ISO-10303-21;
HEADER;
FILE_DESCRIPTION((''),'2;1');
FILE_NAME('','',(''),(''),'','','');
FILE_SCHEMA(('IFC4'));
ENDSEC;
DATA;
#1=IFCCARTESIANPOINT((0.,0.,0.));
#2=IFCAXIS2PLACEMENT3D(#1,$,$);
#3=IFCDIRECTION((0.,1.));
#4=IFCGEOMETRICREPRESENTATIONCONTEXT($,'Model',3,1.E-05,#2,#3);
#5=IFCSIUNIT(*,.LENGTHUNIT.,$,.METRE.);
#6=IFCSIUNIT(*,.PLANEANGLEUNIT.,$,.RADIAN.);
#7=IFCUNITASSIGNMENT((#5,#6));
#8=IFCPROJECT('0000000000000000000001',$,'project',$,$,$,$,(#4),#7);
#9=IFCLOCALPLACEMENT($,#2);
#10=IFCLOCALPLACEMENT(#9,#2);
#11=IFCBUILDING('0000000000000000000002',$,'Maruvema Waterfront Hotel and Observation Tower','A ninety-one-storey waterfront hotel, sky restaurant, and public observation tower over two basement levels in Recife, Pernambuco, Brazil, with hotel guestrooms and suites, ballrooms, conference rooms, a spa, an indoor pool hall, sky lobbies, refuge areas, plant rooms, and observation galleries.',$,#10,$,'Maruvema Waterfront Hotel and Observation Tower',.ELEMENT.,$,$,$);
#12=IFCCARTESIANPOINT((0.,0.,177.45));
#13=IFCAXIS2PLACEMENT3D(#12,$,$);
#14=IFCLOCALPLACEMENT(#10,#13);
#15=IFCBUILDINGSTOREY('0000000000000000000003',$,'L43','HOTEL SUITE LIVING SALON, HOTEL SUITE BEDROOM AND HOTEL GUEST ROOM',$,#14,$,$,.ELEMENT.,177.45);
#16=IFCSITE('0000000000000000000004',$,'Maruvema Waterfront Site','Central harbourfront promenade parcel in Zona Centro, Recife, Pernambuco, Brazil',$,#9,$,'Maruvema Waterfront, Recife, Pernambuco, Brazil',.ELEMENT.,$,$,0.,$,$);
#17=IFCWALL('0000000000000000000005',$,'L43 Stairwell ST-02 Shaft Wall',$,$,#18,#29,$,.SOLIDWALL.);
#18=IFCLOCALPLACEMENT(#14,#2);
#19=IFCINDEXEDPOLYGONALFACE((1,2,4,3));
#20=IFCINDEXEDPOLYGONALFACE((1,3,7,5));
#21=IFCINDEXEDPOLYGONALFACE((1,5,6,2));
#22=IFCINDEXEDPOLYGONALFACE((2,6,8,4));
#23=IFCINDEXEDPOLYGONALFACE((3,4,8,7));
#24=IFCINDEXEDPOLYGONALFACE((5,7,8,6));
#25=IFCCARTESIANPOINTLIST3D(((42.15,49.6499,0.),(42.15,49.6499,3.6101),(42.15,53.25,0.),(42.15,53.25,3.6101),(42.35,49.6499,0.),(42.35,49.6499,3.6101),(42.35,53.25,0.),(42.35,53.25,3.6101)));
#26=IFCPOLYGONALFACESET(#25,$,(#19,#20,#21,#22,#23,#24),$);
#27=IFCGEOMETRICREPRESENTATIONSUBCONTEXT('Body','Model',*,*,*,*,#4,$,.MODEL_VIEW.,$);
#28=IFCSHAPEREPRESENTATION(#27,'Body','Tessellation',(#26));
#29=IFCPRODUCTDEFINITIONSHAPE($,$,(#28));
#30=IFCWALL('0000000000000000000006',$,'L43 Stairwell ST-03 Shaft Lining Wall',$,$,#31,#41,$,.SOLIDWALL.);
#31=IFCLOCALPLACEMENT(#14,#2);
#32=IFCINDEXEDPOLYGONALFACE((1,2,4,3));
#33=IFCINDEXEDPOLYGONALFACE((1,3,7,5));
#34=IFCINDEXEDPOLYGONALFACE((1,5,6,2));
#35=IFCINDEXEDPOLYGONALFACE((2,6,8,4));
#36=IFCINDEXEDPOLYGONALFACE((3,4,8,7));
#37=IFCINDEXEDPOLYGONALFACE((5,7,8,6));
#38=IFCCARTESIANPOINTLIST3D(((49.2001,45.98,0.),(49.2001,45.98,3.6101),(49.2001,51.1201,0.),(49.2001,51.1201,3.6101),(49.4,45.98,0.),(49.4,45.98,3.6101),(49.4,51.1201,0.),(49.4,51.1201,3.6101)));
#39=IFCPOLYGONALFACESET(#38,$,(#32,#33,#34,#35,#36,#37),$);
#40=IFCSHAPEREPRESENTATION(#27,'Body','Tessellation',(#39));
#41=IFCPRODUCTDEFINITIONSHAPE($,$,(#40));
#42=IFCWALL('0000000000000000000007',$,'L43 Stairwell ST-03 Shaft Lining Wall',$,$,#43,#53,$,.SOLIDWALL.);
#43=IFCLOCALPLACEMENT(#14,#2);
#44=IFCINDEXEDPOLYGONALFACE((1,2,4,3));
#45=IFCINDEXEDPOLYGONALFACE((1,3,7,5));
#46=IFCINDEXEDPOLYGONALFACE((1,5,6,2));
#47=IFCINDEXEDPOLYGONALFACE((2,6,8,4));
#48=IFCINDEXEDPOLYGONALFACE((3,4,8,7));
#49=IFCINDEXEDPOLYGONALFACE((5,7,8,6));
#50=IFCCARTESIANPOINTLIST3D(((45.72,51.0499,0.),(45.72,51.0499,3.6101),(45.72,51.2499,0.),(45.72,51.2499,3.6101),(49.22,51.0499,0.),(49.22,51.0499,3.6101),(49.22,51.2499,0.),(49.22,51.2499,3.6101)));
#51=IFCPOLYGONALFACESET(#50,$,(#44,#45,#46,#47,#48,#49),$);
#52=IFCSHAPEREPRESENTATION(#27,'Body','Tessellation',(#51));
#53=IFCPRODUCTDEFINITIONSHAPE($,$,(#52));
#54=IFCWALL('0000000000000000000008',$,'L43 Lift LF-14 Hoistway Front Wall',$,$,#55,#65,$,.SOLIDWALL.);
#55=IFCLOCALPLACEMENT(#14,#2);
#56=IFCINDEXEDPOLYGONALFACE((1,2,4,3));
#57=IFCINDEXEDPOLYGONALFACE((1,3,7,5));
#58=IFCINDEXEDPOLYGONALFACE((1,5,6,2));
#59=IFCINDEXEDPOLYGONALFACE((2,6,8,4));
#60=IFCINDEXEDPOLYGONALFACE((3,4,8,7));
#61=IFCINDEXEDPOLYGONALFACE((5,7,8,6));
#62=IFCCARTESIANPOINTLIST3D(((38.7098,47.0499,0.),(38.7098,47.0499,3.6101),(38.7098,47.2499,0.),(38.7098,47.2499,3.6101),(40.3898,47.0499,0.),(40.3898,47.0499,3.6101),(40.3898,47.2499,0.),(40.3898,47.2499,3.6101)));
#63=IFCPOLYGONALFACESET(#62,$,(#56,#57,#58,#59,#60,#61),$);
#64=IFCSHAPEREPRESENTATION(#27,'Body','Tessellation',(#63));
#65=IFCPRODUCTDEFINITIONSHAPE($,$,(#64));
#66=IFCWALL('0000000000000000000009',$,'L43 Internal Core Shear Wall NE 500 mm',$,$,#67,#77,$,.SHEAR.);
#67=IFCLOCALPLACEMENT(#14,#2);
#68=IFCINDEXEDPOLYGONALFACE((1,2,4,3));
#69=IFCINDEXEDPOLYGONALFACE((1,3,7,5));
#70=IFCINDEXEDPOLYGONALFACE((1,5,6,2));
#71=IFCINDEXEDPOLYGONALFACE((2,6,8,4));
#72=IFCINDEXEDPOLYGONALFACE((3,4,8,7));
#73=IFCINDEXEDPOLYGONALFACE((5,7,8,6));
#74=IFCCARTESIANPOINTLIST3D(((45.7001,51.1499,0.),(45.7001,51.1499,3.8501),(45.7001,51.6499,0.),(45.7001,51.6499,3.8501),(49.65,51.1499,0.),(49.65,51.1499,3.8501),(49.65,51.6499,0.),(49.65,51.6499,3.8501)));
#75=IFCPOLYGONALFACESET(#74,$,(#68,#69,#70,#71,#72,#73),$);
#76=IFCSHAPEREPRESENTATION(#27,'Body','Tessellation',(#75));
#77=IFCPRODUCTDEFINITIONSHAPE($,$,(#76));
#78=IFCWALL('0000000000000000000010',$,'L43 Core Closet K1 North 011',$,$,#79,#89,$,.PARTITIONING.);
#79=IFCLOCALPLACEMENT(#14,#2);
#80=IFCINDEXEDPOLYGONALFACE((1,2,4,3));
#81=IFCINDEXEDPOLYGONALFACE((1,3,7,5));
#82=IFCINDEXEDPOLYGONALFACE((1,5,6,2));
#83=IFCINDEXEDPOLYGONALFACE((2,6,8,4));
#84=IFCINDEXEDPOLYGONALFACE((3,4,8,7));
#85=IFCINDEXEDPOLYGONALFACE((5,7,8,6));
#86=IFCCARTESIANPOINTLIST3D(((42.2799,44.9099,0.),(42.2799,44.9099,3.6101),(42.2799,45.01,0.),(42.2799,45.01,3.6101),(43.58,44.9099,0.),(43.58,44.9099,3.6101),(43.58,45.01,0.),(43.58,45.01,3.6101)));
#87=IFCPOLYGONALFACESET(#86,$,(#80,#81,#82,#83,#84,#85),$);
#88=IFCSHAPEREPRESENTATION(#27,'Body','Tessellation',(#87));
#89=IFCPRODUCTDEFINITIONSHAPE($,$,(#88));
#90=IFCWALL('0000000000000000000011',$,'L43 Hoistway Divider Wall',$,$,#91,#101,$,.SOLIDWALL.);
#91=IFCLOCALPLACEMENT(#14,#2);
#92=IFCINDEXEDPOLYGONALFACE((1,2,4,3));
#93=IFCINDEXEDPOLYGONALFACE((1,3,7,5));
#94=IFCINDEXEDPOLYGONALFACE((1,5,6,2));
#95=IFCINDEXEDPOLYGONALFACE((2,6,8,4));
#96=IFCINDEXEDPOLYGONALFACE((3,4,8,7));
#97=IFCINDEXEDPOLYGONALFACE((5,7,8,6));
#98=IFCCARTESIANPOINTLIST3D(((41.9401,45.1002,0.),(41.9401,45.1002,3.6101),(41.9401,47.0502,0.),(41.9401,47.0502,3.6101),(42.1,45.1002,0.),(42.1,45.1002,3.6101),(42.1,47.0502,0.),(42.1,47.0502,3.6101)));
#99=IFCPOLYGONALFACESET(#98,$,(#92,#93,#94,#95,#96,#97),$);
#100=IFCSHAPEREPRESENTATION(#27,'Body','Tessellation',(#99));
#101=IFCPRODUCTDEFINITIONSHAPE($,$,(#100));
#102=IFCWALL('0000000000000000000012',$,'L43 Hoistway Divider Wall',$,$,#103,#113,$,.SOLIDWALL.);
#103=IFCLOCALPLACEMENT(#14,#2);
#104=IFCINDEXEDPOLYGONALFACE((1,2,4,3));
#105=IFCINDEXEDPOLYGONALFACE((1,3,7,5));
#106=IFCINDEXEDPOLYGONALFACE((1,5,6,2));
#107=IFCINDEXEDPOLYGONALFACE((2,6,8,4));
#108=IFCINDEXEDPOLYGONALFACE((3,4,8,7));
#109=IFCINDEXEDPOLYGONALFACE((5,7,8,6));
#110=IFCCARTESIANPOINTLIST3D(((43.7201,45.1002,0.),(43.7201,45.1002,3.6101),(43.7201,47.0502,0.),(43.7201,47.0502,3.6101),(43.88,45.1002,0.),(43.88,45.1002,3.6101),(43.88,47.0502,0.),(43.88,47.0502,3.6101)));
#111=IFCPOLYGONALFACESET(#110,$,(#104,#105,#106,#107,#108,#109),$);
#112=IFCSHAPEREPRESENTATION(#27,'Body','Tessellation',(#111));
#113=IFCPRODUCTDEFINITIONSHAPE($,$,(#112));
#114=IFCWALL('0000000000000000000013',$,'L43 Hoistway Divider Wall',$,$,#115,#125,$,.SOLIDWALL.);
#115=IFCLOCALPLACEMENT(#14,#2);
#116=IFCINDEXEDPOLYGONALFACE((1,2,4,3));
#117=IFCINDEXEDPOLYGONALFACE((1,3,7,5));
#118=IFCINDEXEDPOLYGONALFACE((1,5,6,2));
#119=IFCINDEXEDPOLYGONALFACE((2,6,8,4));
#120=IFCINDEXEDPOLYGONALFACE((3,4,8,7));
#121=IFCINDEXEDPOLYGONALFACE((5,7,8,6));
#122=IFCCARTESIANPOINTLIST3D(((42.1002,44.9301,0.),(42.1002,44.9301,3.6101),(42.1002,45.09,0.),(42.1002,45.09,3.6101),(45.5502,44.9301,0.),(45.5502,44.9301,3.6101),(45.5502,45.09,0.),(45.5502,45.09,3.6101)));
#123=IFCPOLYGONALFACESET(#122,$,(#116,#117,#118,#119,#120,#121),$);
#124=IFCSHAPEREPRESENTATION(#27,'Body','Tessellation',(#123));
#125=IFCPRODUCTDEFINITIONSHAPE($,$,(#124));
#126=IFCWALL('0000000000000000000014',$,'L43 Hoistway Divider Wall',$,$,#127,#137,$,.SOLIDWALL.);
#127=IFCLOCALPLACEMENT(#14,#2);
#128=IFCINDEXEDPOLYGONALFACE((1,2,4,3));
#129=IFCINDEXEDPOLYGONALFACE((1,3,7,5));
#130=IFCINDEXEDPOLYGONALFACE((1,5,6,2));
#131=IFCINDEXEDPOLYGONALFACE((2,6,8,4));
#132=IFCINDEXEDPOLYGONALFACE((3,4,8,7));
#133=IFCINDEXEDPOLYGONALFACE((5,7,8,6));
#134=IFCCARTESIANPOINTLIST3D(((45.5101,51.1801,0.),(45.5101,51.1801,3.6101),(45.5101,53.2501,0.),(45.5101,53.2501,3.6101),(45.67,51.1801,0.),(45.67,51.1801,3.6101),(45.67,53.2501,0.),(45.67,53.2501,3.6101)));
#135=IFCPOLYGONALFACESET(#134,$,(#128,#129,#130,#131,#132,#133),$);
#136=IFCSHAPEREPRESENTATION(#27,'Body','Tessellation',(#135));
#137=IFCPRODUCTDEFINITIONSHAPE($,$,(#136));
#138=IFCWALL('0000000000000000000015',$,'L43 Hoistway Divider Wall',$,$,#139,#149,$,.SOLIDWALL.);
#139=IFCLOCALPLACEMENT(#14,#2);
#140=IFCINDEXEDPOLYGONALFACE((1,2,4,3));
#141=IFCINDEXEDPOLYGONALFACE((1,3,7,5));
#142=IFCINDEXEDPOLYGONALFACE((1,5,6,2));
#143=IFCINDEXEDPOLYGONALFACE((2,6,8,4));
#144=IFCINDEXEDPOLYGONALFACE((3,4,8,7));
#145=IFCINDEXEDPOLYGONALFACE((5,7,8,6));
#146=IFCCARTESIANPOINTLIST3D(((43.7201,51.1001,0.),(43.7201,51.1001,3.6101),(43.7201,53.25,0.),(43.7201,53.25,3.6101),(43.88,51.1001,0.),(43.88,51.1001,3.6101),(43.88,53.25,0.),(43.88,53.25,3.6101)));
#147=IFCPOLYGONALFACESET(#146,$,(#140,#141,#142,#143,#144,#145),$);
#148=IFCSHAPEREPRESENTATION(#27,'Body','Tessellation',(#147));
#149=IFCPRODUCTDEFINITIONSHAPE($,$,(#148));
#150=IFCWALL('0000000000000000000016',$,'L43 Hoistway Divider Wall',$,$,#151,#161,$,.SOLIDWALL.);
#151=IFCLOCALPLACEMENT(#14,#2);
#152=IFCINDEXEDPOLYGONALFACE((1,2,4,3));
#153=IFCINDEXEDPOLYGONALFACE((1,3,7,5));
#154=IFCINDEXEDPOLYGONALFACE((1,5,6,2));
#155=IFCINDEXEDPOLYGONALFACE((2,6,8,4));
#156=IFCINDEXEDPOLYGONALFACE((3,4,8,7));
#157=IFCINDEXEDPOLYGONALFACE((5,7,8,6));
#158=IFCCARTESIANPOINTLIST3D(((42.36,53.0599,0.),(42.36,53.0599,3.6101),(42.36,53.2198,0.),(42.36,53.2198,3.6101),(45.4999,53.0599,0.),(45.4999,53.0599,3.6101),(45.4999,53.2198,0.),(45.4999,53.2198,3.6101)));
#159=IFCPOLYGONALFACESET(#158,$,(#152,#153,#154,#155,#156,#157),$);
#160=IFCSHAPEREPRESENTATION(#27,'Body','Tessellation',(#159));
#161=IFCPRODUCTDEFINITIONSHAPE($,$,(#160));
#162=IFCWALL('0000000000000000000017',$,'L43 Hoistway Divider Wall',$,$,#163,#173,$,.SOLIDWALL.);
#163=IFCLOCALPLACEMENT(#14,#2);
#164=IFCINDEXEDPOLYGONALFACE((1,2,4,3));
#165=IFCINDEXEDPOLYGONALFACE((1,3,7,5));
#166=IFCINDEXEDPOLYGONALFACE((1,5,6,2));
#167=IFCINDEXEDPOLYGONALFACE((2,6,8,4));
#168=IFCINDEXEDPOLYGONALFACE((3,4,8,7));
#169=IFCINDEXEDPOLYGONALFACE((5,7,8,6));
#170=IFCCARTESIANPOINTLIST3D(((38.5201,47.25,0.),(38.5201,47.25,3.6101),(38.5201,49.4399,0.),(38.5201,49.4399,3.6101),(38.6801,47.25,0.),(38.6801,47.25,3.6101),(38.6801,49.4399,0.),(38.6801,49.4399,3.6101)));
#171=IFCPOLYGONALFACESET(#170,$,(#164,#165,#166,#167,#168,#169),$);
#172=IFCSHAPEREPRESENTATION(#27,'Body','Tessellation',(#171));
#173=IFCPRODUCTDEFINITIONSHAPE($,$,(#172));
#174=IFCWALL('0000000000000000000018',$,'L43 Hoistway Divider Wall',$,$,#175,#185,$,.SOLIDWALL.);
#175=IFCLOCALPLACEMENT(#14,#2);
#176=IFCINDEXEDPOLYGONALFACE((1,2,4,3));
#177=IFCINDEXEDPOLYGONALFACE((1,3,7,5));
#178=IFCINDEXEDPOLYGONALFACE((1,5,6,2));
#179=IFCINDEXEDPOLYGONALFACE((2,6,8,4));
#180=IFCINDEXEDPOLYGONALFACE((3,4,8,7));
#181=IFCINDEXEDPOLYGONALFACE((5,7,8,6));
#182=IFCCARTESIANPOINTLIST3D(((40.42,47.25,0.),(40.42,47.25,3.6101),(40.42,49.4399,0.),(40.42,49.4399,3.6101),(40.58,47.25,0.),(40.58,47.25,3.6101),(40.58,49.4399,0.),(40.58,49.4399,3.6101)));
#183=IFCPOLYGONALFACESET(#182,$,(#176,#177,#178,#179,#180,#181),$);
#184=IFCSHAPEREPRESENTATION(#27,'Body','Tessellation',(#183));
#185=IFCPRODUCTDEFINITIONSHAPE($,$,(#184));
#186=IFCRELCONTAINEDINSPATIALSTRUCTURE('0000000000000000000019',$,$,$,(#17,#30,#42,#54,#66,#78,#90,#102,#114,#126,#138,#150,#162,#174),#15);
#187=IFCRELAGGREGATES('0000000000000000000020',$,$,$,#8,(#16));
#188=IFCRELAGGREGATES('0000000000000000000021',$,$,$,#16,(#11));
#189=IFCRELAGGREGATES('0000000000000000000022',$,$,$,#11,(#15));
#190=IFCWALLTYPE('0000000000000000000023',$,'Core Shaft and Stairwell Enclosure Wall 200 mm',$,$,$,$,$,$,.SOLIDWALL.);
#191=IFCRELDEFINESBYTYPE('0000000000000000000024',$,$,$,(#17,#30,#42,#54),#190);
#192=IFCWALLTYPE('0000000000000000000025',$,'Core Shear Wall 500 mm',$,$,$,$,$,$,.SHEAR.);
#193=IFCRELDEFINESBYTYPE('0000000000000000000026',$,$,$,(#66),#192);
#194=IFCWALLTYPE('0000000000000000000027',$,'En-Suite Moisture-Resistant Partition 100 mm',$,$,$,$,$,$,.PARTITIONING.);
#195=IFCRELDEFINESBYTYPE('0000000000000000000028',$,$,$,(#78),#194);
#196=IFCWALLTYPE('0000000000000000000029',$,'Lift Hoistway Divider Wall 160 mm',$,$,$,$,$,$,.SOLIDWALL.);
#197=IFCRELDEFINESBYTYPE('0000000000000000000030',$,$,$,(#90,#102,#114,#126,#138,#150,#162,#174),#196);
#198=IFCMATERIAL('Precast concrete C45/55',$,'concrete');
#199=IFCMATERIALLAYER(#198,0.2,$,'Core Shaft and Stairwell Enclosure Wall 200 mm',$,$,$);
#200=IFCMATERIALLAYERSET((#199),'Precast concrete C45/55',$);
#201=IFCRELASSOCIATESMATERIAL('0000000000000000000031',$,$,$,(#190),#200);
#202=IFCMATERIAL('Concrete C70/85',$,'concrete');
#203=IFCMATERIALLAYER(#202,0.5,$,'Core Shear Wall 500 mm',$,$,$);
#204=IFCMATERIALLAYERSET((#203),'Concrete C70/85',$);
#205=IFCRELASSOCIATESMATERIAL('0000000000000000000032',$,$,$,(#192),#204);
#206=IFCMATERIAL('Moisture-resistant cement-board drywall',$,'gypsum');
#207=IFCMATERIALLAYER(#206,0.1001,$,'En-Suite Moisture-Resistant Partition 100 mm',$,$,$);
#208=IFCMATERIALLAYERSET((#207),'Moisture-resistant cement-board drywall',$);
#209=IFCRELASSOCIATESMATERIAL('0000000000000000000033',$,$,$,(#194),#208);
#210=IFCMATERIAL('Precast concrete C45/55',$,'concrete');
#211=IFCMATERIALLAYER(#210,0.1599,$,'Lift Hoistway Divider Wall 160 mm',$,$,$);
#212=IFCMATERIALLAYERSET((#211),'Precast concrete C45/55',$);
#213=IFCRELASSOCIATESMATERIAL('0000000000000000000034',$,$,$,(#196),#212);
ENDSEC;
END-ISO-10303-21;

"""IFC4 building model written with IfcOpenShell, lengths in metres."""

from ifc_helpers import new_model, si_unit, direction, frame, frame_2d, origin, place, context, subcontext, project, spatial, rectangle, extrude, material, layer, layer_set, type_object, element, save


model = new_model("IFC4")

# Units and contexts
model_context = context("Model", 3, precision=1e-05, world=origin(), true_north=direction((0.0, 1.0)))
body_context = subcontext(model_context, "Body", "Model", "MODEL_VIEW")
ifc_project = project(units=[si_unit("LENGTHUNIT", "METRE"), si_unit("PLANEANGLEUNIT", "RADIAN")], contexts=[model_context])

# Site, building, storey
site_placement = place(None, origin())
site = spatial("IfcSite", under=ifc_project, at=site_placement, Name="Maruvema Waterfront Site", Description="Central harbourfront promenade parcel in Zona Centro, Recife, Pernambuco, Brazil", LongName="Maruvema Waterfront, Recife, Pernambuco, Brazil", CompositionType="ELEMENT", RefElevation=0.0)
building_placement = place(site_placement, origin())
building = spatial("IfcBuilding", under=site, at=building_placement, Name="Maruvema Waterfront Hotel and Observation Tower", Description="A ninety-one-storey waterfront hotel, sky restaurant, and public observation tower over two basement levels in Recife, Pernambuco, Brazil, with hotel guestrooms and suites, ballrooms, conference rooms, a spa, an indoor pool hall, sky lobbies, refuge areas, plant rooms, and observation galleries.", LongName="Maruvema Waterfront Hotel and Observation Tower", CompositionType="ELEMENT")
storey_placement = place(building_placement, frame((0.0, 0.0, 177.45)))
storey = spatial("IfcBuildingStorey", under=building, at=storey_placement, Name="L43", Description="HOTEL SUITE LIVING SALON, HOTEL SUITE BEDROOM AND HOTEL GUEST ROOM", CompositionType="ELEMENT", Elevation=177.45)

# Walls
ifc_material_1 = material(Name="Precast concrete C45/55", Category="concrete")
ifc_layer_1 = layer(ifc_material_1, 0.2, Name="Core Shaft and Stairwell Enclosure Wall 200 mm")
ifc_layer_set_1 = layer_set([ifc_layer_1], Name="Precast concrete C45/55")
wall_type_1 = type_object("IfcWallType", Name="Core Shaft and Stairwell Enclosure Wall 200 mm", PredefinedType="SOLIDWALL", material=ifc_layer_set_1)
wall_1_placement = place(storey_placement, frame((42.25, 49.6499, 0.0), z_axis=(0.0, 0.0, 1.0), x_axis=(0.0, 1.0, 0.0)))
element("IfcWall", 1, at=wall_1_placement, inside=storey, type_object=wall_type_1, Name="L43 Stairwell ST-02 Shaft Wall", PredefinedType="SOLIDWALL", context=body_context, shape_type="SweptSolid", body=[
    extrude(rectangle(XDim=3.6001, YDim=0.2, at=frame_2d((1.8, 0.0))), origin(), (0.0, 0.0, 1.0), 3.6101),
])
wall_2_placement = place(storey_placement, frame((49.3, 45.98, 0.0), z_axis=(0.0, 0.0, 1.0), x_axis=(0.0, 1.0, 0.0)))
element("IfcWall", 2, at=wall_2_placement, inside=storey, type_object=wall_type_1, Name="L43 Stairwell ST-03 Shaft Lining Wall", PredefinedType="SOLIDWALL", context=body_context, shape_type="SweptSolid", body=[
    extrude(rectangle(XDim=5.1401, YDim=0.2, at=frame_2d((2.5701, 0.0))), origin(), (0.0, 0.0, 1.0), 3.6101),
])
wall_3_placement = place(storey_placement, frame((45.72, 51.1499, 0.0), z_axis=(0.0, 0.0, 1.0), x_axis=(1.0, 0.0, 0.0)))
element("IfcWall", 3, at=wall_3_placement, inside=storey, type_object=wall_type_1, Name="L43 Stairwell ST-03 Shaft Lining Wall", PredefinedType="SOLIDWALL", context=body_context, shape_type="SweptSolid", body=[
    extrude(rectangle(XDim=3.5, YDim=0.2, at=frame_2d((1.75, 0.0))), origin(), (0.0, 0.0, 1.0), 3.6101),
])

# Walls
wall_4_placement = place(storey_placement, frame((38.71, 47.1499, 0.0), z_axis=(0.0, 0.0, 1.0), x_axis=(1.0, 0.0, 0.0)))
element("IfcWall", 4, at=wall_4_placement, inside=storey, type_object=wall_type_1, Name="L43 Lift LF-14 Hoistway Front Wall", PredefinedType="SOLIDWALL", context=body_context, shape_type="SweptSolid", body=[
    extrude(rectangle(XDim=1.6799, YDim=0.2, at=frame_2d((0.8398, 0.0))), origin(), (0.0, 0.0, 1.0), 3.6101),
])
ifc_material_2 = material(Name="Concrete C70/85", Category="concrete")
ifc_layer_2 = layer(ifc_material_2, 0.5, Name="Core Shear Wall 500 mm")
ifc_layer_set_2 = layer_set([ifc_layer_2], Name="Concrete C70/85")
wall_type_2 = type_object("IfcWallType", Name="Core Shear Wall 500 mm", PredefinedType="SHEAR", material=ifc_layer_set_2)
wall_5_placement = place(storey_placement, frame((45.7, 51.3999, 0.0), z_axis=(0.0, 0.0, 1.0), x_axis=(1.0, 0.0, 0.0)))
element("IfcWall", 5, at=wall_5_placement, inside=storey, type_object=wall_type_2, Name="L43 Internal Core Shear Wall NE 500 mm", PredefinedType="SHEAR", context=body_context, shape_type="SweptSolid", body=[
    extrude(rectangle(XDim=3.95, YDim=0.5, at=frame_2d((1.9751, 0.0))), origin(), (0.0, 0.0, 1.0), 3.8501),
])
ifc_material_3 = material(Name="Moisture-resistant cement-board drywall", Category="gypsum")
ifc_layer_3 = layer(ifc_material_3, 0.1001, Name="En-Suite Moisture-Resistant Partition 100 mm")
ifc_layer_set_3 = layer_set([ifc_layer_3], Name="Moisture-resistant cement-board drywall")
wall_type_3 = type_object("IfcWallType", Name="En-Suite Moisture-Resistant Partition 100 mm", PredefinedType="PARTITIONING", material=ifc_layer_set_3)
wall_6_placement = place(storey_placement, frame((42.28, 44.96, 0.0), z_axis=(0.0, 0.0, 1.0), x_axis=(1.0, 0.0, 0.0)))
element("IfcWall", 6, at=wall_6_placement, inside=storey, type_object=wall_type_3, Name="L43 Core Closet K1 North 011", PredefinedType="PARTITIONING", context=body_context, shape_type="SweptSolid", body=[
    extrude(rectangle(XDim=1.3, YDim=0.1001, at=frame_2d((0.6499, 0.0))), origin(), (0.0, 0.0, 1.0), 3.6101),
])
ifc_material_4 = material(Name="Precast concrete C45/55", Category="concrete")
ifc_layer_4 = layer(ifc_material_4, 0.1599, Name="Lift Hoistway Divider Wall 160 mm")
ifc_layer_set_4 = layer_set([ifc_layer_4], Name="Precast concrete C45/55")
wall_type_4 = type_object("IfcWallType", Name="Lift Hoistway Divider Wall 160 mm", PredefinedType="SOLIDWALL", material=ifc_layer_set_4)
for number, where, z_axis, x_axis, name in (
    (7, (42.02, 45.1001, 0.0), (0.0, 0.0, 1.0), (0.0, 1.0, 0.0), "L43 Hoistway Divider Wall"),
    (8, (43.8, 45.1001, 0.0), (0.0, 0.0, 1.0), (0.0, 1.0, 0.0), "L43 Hoistway Divider Wall"),
):
    element("IfcWall", number, at=place(storey_placement, frame(where, z_axis=z_axis, x_axis=x_axis)), inside=storey, type_object=wall_type_4, Name=name, PredefinedType="SOLIDWALL", context=body_context, shape_type="SweptSolid", body=[
        extrude(rectangle(XDim=1.95, YDim=0.1599, at=frame_2d((0.9751, 0.0))), origin(), (0.0, 0.0, 1.0), 3.6101),
    ])
wall_7_placement = place(storey_placement, frame((42.1001, 45.01, 0.0), z_axis=(0.0, 0.0, 1.0), x_axis=(1.0, 0.0, 0.0)))
element("IfcWall", 9, at=wall_7_placement, inside=storey, type_object=wall_type_4, Name="L43 Hoistway Divider Wall", PredefinedType="SOLIDWALL", context=body_context, shape_type="SweptSolid", body=[
    extrude(rectangle(XDim=3.45, YDim=0.1599, at=frame_2d((1.7251, 0.0))), origin(), (0.0, 0.0, 1.0), 3.6101),
])
wall_8_placement = place(storey_placement, frame((45.5901, 51.1799, 0.0), z_axis=(0.0, 0.0, 1.0), x_axis=(0.0, 1.0, 0.0)))
element("IfcWall", 10, at=wall_8_placement, inside=storey, type_object=wall_type_4, Name="L43 Hoistway Divider Wall", PredefinedType="SOLIDWALL", context=body_context, shape_type="SweptSolid", body=[
    extrude(rectangle(XDim=2.0701, YDim=0.1599, at=frame_2d((1.0352, 0.0))), origin(), (0.0, 0.0, 1.0), 3.6101),
])
wall_9_placement = place(storey_placement, frame((43.8, 51.1001, 0.0), z_axis=(0.0, 0.0, 1.0), x_axis=(0.0, 1.0, 0.0)))
element("IfcWall", 11, at=wall_9_placement, inside=storey, type_object=wall_type_4, Name="L43 Hoistway Divider Wall", PredefinedType="SOLIDWALL", context=body_context, shape_type="SweptSolid", body=[
    extrude(rectangle(XDim=2.1499, YDim=0.1599, at=frame_2d((1.075, 0.0))), origin(), (0.0, 0.0, 1.0), 3.6101),
])
wall_10_placement = place(storey_placement, frame((42.3601, 53.1399, 0.0), z_axis=(0.0, 0.0, 1.0), x_axis=(1.0, 0.0, 0.0)))
element("IfcWall", 12, at=wall_10_placement, inside=storey, type_object=wall_type_4, Name="L43 Hoistway Divider Wall", PredefinedType="SOLIDWALL", context=body_context, shape_type="SweptSolid", body=[
    extrude(rectangle(XDim=3.1399, YDim=0.1599, at=frame_2d((1.5698, 0.0))), origin(), (0.0, 0.0, 1.0), 3.6101),
])
for number, where, z_axis, x_axis, name in (
    (13, (38.6001, 47.25, 0.0), (0.0, 0.0, 1.0), (0.0, 1.0, 0.0), "L43 Hoistway Divider Wall"),
    (14, (40.5, 47.25, 0.0), (0.0, 0.0, 1.0), (0.0, 1.0, 0.0), "L43 Hoistway Divider Wall"),
):
    element("IfcWall", number, at=place(storey_placement, frame(where, z_axis=z_axis, x_axis=x_axis)), inside=storey, type_object=wall_type_4, Name=name, PredefinedType="SOLIDWALL", context=body_context, shape_type="SweptSolid", body=[
        extrude(rectangle(XDim=2.1899, YDim=0.1599, at=frame_2d((1.095, 0.0))), origin(), (0.0, 0.0, 1.0), 3.6101),
    ])

save(model, "model.ifc")
